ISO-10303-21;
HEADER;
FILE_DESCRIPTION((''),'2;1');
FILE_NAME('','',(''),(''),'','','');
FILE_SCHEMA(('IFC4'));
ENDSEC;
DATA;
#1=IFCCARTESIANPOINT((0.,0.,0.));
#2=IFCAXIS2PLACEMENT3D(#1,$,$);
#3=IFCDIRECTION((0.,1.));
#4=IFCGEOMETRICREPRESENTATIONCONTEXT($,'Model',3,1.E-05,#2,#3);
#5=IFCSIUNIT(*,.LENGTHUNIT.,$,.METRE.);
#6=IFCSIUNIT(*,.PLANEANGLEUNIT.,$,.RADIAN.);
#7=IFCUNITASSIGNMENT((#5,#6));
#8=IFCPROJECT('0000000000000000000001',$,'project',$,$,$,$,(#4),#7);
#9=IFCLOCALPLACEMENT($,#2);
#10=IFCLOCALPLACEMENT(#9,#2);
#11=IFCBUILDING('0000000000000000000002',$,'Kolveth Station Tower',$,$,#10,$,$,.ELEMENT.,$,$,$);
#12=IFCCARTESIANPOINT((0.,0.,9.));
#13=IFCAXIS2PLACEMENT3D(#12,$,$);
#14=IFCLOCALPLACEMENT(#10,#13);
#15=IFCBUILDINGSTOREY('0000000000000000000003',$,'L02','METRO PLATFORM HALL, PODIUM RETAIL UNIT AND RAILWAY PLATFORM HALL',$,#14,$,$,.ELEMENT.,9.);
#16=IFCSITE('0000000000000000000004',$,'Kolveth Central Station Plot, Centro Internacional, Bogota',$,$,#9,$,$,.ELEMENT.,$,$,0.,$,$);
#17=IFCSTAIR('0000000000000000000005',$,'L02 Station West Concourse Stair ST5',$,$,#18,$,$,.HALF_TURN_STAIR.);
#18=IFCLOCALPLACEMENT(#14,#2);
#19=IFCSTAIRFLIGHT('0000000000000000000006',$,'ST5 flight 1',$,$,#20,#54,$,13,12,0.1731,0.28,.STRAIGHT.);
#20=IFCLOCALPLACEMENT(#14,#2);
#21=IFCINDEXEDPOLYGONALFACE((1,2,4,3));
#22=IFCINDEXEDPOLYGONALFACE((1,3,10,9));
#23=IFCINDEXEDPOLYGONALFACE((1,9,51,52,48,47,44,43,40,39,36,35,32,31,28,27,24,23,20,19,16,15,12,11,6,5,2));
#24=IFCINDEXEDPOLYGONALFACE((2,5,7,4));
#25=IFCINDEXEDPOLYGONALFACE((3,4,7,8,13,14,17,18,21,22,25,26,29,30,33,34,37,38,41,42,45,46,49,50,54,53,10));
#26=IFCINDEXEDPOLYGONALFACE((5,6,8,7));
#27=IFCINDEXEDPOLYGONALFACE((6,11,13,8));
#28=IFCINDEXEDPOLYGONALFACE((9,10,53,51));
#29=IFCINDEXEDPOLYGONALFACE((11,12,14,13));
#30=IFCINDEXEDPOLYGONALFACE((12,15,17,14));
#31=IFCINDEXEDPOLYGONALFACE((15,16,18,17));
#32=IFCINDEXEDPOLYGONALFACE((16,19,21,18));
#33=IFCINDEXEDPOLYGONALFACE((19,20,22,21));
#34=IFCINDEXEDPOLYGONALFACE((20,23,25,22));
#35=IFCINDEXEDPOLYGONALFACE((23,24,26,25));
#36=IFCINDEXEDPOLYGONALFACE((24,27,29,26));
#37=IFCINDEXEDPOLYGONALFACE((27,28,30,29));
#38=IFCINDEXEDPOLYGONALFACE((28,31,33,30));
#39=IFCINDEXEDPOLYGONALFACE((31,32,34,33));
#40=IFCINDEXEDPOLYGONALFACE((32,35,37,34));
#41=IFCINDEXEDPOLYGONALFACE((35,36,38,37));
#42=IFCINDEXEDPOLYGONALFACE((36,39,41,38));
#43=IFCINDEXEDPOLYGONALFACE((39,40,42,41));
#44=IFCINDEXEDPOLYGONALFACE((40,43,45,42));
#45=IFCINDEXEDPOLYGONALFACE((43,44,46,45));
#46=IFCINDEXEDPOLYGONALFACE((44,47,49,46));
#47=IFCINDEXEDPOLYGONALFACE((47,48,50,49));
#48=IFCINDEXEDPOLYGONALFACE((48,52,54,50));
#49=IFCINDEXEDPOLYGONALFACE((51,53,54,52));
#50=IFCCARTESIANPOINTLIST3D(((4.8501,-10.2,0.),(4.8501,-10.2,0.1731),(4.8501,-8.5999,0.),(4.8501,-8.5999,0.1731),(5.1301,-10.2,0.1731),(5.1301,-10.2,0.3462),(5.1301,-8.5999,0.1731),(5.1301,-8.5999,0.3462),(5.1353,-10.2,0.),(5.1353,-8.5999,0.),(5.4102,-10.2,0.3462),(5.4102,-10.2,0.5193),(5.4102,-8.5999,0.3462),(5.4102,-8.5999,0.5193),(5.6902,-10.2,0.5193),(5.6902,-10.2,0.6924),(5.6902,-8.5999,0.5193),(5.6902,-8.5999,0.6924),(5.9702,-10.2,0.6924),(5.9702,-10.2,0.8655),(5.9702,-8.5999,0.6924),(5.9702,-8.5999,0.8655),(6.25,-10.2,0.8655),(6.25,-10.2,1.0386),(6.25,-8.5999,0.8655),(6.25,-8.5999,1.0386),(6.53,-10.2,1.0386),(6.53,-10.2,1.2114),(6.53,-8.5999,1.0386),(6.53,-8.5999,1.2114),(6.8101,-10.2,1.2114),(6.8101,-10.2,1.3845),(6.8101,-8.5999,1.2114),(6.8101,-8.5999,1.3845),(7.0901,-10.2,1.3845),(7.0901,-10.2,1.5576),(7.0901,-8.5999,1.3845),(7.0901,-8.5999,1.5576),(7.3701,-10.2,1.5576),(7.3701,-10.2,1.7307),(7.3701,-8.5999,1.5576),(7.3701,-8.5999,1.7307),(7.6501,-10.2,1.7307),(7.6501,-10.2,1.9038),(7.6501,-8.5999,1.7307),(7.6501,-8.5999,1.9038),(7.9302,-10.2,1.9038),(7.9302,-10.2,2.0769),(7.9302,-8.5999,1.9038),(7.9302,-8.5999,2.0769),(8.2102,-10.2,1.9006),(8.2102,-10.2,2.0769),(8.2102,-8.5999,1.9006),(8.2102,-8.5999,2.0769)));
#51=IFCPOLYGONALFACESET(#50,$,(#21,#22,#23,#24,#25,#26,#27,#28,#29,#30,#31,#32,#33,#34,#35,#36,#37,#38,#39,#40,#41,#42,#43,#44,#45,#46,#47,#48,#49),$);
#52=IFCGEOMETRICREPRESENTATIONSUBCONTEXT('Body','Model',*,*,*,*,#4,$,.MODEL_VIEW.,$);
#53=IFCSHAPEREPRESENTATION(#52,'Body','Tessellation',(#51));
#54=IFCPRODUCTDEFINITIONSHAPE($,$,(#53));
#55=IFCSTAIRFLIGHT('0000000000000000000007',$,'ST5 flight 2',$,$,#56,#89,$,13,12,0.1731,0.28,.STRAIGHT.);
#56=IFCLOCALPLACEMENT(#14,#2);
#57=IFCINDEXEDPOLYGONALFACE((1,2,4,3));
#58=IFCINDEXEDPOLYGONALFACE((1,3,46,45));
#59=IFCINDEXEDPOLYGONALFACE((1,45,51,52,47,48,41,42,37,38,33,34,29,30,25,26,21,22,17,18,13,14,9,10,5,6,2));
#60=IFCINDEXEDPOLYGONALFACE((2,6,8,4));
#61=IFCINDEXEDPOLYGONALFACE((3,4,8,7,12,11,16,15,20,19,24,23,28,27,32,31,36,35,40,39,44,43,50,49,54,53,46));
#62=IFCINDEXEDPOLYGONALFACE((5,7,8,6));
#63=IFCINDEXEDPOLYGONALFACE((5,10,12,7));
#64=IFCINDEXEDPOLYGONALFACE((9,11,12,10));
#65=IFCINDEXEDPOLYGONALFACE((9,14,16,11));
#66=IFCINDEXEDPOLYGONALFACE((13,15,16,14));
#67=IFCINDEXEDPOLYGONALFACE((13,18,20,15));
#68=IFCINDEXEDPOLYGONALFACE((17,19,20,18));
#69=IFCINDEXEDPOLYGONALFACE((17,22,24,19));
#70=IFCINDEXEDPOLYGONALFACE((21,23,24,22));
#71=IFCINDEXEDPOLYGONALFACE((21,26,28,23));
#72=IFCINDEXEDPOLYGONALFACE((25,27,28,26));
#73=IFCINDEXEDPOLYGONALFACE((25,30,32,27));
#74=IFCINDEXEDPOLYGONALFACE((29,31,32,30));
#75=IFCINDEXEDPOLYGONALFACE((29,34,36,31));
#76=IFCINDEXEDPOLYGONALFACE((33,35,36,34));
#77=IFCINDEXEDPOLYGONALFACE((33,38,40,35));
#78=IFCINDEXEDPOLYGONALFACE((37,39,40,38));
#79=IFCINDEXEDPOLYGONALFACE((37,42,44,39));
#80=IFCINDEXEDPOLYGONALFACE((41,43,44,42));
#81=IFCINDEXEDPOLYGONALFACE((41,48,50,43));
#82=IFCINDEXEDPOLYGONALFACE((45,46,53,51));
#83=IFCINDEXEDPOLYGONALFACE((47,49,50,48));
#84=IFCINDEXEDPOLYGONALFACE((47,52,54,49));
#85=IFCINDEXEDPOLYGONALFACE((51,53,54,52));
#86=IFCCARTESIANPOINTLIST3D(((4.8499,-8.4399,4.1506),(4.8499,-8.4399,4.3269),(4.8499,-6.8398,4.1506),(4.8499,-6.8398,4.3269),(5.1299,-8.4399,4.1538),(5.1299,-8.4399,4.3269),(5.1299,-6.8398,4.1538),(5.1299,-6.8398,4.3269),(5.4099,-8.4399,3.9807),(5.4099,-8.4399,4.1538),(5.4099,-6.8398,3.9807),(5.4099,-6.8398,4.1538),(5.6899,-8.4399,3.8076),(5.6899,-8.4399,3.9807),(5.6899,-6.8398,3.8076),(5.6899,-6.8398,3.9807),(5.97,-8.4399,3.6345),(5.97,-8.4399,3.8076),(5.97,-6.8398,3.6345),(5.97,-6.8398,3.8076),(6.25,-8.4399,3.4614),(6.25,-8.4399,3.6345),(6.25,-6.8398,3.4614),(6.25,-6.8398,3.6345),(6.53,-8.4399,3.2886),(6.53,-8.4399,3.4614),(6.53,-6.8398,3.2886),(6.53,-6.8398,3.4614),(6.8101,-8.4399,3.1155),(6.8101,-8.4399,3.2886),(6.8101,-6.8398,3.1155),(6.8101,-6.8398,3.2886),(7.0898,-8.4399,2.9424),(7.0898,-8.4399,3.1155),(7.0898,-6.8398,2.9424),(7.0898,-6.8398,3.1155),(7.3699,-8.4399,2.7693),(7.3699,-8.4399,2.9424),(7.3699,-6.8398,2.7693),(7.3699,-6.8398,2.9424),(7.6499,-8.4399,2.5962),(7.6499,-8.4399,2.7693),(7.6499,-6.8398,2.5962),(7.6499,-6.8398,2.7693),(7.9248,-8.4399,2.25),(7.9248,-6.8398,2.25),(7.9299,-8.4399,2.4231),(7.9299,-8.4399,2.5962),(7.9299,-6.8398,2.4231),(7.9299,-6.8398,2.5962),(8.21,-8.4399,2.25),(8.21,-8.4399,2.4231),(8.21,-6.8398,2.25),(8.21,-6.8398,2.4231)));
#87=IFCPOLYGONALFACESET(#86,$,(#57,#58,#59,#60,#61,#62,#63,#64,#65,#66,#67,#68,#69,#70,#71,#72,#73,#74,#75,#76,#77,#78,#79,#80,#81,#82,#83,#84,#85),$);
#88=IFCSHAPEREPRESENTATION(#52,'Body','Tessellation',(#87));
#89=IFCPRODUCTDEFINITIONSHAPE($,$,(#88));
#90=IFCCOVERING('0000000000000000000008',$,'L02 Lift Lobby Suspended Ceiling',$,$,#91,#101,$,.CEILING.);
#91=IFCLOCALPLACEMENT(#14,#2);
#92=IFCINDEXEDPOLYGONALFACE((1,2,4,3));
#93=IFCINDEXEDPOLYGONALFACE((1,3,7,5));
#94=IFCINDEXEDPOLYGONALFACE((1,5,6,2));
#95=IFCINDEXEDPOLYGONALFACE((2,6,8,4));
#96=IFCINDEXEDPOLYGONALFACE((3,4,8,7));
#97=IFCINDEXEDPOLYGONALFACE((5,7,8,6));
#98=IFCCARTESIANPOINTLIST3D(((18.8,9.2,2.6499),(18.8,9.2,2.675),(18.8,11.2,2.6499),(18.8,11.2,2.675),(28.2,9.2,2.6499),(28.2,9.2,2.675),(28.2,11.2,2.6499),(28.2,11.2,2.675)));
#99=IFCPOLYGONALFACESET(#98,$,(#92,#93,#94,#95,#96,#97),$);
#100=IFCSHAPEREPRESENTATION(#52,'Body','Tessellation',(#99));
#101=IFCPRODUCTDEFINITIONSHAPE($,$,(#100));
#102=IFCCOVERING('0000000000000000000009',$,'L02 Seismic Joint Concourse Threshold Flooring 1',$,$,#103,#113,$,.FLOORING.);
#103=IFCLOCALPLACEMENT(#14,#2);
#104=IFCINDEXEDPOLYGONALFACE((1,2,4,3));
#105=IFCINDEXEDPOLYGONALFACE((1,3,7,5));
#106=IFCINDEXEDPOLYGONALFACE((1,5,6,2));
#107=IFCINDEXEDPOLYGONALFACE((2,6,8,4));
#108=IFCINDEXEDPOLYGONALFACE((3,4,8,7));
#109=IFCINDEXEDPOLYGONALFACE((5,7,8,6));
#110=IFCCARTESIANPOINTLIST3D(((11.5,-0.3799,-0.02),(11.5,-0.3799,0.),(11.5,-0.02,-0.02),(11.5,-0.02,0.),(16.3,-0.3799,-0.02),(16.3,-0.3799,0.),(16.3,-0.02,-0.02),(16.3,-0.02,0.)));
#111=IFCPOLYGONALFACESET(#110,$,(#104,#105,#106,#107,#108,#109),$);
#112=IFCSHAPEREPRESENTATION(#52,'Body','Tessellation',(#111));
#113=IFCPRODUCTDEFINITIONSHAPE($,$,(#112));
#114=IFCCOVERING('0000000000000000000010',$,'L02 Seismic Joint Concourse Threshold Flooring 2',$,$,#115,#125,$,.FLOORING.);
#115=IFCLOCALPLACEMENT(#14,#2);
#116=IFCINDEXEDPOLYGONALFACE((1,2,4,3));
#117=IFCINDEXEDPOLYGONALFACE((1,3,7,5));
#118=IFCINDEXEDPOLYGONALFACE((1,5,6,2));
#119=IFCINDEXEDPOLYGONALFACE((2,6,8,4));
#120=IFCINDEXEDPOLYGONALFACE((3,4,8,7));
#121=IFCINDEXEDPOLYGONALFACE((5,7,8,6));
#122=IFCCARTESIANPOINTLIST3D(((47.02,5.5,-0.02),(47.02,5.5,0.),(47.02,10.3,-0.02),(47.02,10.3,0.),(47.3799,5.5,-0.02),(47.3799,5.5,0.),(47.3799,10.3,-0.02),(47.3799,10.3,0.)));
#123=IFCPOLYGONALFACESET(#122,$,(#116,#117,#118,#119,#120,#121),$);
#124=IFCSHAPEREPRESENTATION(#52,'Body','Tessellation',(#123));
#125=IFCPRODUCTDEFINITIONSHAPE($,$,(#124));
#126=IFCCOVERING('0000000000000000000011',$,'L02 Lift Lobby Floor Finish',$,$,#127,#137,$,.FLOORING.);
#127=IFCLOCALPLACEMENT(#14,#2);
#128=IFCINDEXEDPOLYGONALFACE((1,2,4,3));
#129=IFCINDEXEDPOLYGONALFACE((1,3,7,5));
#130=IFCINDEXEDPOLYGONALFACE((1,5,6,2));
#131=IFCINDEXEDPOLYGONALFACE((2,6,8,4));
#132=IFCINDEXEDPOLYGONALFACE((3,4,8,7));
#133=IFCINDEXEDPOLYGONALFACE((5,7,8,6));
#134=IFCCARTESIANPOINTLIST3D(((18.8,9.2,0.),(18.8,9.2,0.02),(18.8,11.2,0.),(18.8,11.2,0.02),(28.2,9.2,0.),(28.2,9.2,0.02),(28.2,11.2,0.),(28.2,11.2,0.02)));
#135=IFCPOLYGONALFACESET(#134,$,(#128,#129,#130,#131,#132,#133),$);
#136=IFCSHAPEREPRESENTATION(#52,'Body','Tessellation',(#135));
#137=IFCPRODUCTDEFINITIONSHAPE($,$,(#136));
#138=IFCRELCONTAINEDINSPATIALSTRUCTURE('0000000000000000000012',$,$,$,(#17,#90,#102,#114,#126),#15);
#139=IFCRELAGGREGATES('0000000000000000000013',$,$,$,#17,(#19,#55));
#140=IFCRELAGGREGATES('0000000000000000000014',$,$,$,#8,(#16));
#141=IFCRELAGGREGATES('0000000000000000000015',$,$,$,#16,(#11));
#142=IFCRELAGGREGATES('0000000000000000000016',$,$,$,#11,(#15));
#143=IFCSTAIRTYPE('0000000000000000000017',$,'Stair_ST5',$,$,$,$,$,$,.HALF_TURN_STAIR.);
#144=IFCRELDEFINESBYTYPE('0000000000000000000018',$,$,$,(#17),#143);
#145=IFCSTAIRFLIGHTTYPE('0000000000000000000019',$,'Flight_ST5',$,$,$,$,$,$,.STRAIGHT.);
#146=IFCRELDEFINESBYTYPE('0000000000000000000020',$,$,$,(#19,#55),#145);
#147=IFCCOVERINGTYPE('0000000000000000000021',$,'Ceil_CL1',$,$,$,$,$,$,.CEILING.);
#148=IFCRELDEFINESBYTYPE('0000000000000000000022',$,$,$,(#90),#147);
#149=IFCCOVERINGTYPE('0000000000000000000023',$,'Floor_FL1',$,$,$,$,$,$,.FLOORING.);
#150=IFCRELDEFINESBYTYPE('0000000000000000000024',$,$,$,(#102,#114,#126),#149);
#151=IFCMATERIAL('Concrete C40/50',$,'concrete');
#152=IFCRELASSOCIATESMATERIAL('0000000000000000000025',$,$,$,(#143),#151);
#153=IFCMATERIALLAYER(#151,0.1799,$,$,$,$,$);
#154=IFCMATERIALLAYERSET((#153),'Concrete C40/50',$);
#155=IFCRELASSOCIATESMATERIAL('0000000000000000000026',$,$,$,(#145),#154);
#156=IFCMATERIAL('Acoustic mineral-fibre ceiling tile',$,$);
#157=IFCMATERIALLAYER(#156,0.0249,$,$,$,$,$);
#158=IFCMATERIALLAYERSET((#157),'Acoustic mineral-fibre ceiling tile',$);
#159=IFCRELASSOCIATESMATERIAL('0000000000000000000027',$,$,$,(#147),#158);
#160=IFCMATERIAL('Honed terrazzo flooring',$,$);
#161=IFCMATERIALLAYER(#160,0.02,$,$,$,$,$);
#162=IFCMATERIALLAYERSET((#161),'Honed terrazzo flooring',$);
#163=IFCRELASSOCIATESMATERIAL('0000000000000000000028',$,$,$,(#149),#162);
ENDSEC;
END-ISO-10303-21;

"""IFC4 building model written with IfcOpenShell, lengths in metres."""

from ifc_helpers import new_model, si_unit, direction, frame, origin, place, context, subcontext, project, spatial, polyline, outline, extrude, material, layer, layer_set, type_object, element, aggregate, save


model = new_model("IFC4")

# Units and contexts
model_context = context("Model", 3, precision=1e-05, world=origin(), true_north=direction((0.0, 1.0)))
body_context = subcontext(model_context, "Body", "Model", "MODEL_VIEW")
ifc_project = project(units=[si_unit("LENGTHUNIT", "METRE"), si_unit("PLANEANGLEUNIT", "RADIAN")], contexts=[model_context])

# Site, building, storey
site_placement = place(None, origin())
site = spatial("IfcSite", under=ifc_project, at=site_placement, Name="Kolveth Central Station Plot, Centro Internacional, Bogota", CompositionType="ELEMENT", RefElevation=0.0)
building_placement = place(site_placement, origin())
building = spatial("IfcBuilding", under=site, at=building_placement, Name="Kolveth Station Tower", CompositionType="ELEMENT")
storey_placement = place(building_placement, frame((0.0, 0.0, 9.0)))
storey = spatial("IfcBuildingStorey", under=building, at=storey_placement, Name="L02", Description="METRO PLATFORM HALL, PODIUM RETAIL UNIT AND RAILWAY PLATFORM HALL", CompositionType="ELEMENT", Elevation=9.0)

# Stair
ifc_material_1 = material(Name="Concrete C40/50", Category="concrete")
stair_type_1 = type_object("IfcStairType", Name="Stair_ST5", PredefinedType="HALF_TURN_STAIR", material=ifc_material_1)
stair_1_placement = place(storey_placement, origin())
stair_1 = element("IfcStair", 1, at=stair_1_placement, inside=storey, type_object=stair_type_1, Name="L02 Station West Concourse Stair ST5", PredefinedType="HALF_TURN_STAIR")

# Stair flights
ifc_layer_1 = layer(ifc_material_1, 0.1799)
ifc_layer_set_1 = layer_set([ifc_layer_1], Name="Concrete C40/50")
stair_flight_type = type_object("IfcStairFlightType", Name="Flight_ST5", PredefinedType="STRAIGHT", material=ifc_layer_set_1)
stair_flight_1_placement = place(storey_placement, frame((4.8501, -9.3999, 0.0), z_axis=(0.0, 0.0, 1.0), x_axis=(1.0, 0.0, 0.0)))
stair_flight_1 = element("IfcStairFlight", 2, at=stair_flight_1_placement, type_object=stair_flight_type, Name="ST5 flight 1", NumberOfRisers=13, NumberOfTreads=12, PredefinedType="STRAIGHT", RiserHeight=0.1731, TreadLength=0.28, context=body_context, shape_type="SweptSolid", body=[
    extrude(outline(polyline([(0.0, 0.0), (0.0, 0.1731), (0.28, 0.1731), (0.28, 0.3462), (0.5601, 0.3462), (0.5601, 0.5193), (0.8401, 0.5193), (0.8401, 0.6924), (1.1201, 0.6924), (1.1201, 0.8655), (1.3999, 0.8655), (1.3999, 1.0386), (1.6799, 1.0386), (1.6799, 1.2114), (1.96, 1.2114), (1.96, 1.3845), (2.24, 1.3845), (2.24, 1.5576), (2.52, 1.5576), (2.52, 1.7307), (2.8, 1.7307), (2.8, 1.9038), (3.0801, 1.9038), (3.0801, 2.0769), (3.3601, 2.0769), (3.3601, 2.25), (3.3601, 1.9006), (0.2852, 0.0), (0.0, 0.0)])), frame((0.0, 0.8, 0.0), z_axis=(0.0, -1.0, 0.0), x_axis=(1.0, 0.0, 0.0)), (0.0, 0.0, 1.0), 1.6001),
])
stair_flight_2_placement = place(storey_placement, frame((8.21, -7.6399, 2.25), z_axis=(0.0, 0.0, 1.0), x_axis=(-1.0, 0.0, 0.0)))
stair_flight_2 = element("IfcStairFlight", 3, at=stair_flight_2_placement, type_object=stair_flight_type, Name="ST5 flight 2", NumberOfRisers=13, NumberOfTreads=12, PredefinedType="STRAIGHT", RiserHeight=0.1731, TreadLength=0.28, context=body_context, shape_type="SweptSolid", body=[
    extrude(outline(polyline([(0.0, 0.0), (0.0, 0.1731), (0.28, 0.1731), (0.28, 0.3462), (0.5601, 0.3462), (0.5601, 0.5193), (0.8401, 0.5193), (0.8401, 0.6924), (1.1201, 0.6924), (1.1201, 0.8655), (1.3999, 0.8655), (1.3999, 1.0386), (1.6799, 1.0386), (1.6799, 1.2114), (1.96, 1.2114), (1.96, 1.3845), (2.24, 1.3845), (2.24, 1.5576), (2.52, 1.5576), (2.52, 1.7307), (2.8, 1.7307), (2.8, 1.9038), (3.0801, 1.9038), (3.0801, 2.0769), (3.3601, 2.0769), (3.3601, 2.25), (3.3601, 1.9006), (0.2852, 0.0), (0.0, 0.0)])), frame((0.0, 0.8, 0.0), z_axis=(0.0, -1.0, 0.0), x_axis=(1.0, 0.0, 0.0)), (0.0, 0.0, 1.0), 1.6001),
])
aggregate(stair_1, [stair_flight_1, stair_flight_2])

# Coverings
ifc_material_2 = material(Name="Acoustic mineral-fibre ceiling tile")
ifc_layer_2 = layer(ifc_material_2, 0.0249)
ifc_layer_set_2 = layer_set([ifc_layer_2], Name="Acoustic mineral-fibre ceiling tile")
covering_type_1 = type_object("IfcCoveringType", Name="Ceil_CL1", PredefinedType="CEILING", material=ifc_layer_set_2)
covering_1_placement = place(storey_placement, frame((0.0, 0.0, 2.6499)))
element("IfcCovering", 4, at=covering_1_placement, inside=storey, type_object=covering_type_1, Name="L02 Lift Lobby Suspended Ceiling", PredefinedType="CEILING", context=body_context, shape_type="SweptSolid", body=[
    extrude(outline(polyline([(18.8, 9.2), (28.2, 9.2), (28.2, 11.2), (18.8, 11.2), (18.8, 9.2)])), origin(), (0.0, 0.0, 1.0), 0.0251),
])
ifc_material_3 = material(Name="Honed terrazzo flooring")
ifc_layer_3 = layer(ifc_material_3, 0.02)
ifc_layer_set_3 = layer_set([ifc_layer_3], Name="Honed terrazzo flooring")
covering_type_2 = type_object("IfcCoveringType", Name="Floor_FL1", PredefinedType="FLOORING", material=ifc_layer_set_3)
covering_2_placement = place(storey_placement, frame((0.0, 0.0, -0.02)))
element("IfcCovering", 5, at=covering_2_placement, inside=storey, type_object=covering_type_2, Name="L02 Seismic Joint Concourse Threshold Flooring 1", PredefinedType="FLOORING", context=body_context, shape_type="SweptSolid", body=[
    extrude(outline(polyline([(11.5, -0.3799), (16.3, -0.3799), (16.3, -0.02), (11.5, -0.02), (11.5, -0.3799)])), origin(), (0.0, 0.0, 1.0), 0.02),
])
covering_3_placement = place(storey_placement, frame((0.0, 0.0, -0.02)))
element("IfcCovering", 6, at=covering_3_placement, inside=storey, type_object=covering_type_2, Name="L02 Seismic Joint Concourse Threshold Flooring 2", PredefinedType="FLOORING", context=body_context, shape_type="SweptSolid", body=[
    extrude(outline(polyline([(47.02, 5.5), (47.3799, 5.5), (47.3799, 10.3), (47.02, 10.3), (47.02, 5.5)])), origin(), (0.0, 0.0, 1.0), 0.02),
])
covering_4_placement = place(storey_placement, origin())
element("IfcCovering", 7, at=covering_4_placement, inside=storey, type_object=covering_type_2, Name="L02 Lift Lobby Floor Finish", PredefinedType="FLOORING", context=body_context, shape_type="SweptSolid", body=[
    extrude(outline(polyline([(18.8, 9.2), (28.2, 9.2), (28.2, 11.2), (18.8, 11.2), (18.8, 9.2)])), origin(), (0.0, 0.0, 1.0), 0.02),
])

save(model, "model.ifc")
